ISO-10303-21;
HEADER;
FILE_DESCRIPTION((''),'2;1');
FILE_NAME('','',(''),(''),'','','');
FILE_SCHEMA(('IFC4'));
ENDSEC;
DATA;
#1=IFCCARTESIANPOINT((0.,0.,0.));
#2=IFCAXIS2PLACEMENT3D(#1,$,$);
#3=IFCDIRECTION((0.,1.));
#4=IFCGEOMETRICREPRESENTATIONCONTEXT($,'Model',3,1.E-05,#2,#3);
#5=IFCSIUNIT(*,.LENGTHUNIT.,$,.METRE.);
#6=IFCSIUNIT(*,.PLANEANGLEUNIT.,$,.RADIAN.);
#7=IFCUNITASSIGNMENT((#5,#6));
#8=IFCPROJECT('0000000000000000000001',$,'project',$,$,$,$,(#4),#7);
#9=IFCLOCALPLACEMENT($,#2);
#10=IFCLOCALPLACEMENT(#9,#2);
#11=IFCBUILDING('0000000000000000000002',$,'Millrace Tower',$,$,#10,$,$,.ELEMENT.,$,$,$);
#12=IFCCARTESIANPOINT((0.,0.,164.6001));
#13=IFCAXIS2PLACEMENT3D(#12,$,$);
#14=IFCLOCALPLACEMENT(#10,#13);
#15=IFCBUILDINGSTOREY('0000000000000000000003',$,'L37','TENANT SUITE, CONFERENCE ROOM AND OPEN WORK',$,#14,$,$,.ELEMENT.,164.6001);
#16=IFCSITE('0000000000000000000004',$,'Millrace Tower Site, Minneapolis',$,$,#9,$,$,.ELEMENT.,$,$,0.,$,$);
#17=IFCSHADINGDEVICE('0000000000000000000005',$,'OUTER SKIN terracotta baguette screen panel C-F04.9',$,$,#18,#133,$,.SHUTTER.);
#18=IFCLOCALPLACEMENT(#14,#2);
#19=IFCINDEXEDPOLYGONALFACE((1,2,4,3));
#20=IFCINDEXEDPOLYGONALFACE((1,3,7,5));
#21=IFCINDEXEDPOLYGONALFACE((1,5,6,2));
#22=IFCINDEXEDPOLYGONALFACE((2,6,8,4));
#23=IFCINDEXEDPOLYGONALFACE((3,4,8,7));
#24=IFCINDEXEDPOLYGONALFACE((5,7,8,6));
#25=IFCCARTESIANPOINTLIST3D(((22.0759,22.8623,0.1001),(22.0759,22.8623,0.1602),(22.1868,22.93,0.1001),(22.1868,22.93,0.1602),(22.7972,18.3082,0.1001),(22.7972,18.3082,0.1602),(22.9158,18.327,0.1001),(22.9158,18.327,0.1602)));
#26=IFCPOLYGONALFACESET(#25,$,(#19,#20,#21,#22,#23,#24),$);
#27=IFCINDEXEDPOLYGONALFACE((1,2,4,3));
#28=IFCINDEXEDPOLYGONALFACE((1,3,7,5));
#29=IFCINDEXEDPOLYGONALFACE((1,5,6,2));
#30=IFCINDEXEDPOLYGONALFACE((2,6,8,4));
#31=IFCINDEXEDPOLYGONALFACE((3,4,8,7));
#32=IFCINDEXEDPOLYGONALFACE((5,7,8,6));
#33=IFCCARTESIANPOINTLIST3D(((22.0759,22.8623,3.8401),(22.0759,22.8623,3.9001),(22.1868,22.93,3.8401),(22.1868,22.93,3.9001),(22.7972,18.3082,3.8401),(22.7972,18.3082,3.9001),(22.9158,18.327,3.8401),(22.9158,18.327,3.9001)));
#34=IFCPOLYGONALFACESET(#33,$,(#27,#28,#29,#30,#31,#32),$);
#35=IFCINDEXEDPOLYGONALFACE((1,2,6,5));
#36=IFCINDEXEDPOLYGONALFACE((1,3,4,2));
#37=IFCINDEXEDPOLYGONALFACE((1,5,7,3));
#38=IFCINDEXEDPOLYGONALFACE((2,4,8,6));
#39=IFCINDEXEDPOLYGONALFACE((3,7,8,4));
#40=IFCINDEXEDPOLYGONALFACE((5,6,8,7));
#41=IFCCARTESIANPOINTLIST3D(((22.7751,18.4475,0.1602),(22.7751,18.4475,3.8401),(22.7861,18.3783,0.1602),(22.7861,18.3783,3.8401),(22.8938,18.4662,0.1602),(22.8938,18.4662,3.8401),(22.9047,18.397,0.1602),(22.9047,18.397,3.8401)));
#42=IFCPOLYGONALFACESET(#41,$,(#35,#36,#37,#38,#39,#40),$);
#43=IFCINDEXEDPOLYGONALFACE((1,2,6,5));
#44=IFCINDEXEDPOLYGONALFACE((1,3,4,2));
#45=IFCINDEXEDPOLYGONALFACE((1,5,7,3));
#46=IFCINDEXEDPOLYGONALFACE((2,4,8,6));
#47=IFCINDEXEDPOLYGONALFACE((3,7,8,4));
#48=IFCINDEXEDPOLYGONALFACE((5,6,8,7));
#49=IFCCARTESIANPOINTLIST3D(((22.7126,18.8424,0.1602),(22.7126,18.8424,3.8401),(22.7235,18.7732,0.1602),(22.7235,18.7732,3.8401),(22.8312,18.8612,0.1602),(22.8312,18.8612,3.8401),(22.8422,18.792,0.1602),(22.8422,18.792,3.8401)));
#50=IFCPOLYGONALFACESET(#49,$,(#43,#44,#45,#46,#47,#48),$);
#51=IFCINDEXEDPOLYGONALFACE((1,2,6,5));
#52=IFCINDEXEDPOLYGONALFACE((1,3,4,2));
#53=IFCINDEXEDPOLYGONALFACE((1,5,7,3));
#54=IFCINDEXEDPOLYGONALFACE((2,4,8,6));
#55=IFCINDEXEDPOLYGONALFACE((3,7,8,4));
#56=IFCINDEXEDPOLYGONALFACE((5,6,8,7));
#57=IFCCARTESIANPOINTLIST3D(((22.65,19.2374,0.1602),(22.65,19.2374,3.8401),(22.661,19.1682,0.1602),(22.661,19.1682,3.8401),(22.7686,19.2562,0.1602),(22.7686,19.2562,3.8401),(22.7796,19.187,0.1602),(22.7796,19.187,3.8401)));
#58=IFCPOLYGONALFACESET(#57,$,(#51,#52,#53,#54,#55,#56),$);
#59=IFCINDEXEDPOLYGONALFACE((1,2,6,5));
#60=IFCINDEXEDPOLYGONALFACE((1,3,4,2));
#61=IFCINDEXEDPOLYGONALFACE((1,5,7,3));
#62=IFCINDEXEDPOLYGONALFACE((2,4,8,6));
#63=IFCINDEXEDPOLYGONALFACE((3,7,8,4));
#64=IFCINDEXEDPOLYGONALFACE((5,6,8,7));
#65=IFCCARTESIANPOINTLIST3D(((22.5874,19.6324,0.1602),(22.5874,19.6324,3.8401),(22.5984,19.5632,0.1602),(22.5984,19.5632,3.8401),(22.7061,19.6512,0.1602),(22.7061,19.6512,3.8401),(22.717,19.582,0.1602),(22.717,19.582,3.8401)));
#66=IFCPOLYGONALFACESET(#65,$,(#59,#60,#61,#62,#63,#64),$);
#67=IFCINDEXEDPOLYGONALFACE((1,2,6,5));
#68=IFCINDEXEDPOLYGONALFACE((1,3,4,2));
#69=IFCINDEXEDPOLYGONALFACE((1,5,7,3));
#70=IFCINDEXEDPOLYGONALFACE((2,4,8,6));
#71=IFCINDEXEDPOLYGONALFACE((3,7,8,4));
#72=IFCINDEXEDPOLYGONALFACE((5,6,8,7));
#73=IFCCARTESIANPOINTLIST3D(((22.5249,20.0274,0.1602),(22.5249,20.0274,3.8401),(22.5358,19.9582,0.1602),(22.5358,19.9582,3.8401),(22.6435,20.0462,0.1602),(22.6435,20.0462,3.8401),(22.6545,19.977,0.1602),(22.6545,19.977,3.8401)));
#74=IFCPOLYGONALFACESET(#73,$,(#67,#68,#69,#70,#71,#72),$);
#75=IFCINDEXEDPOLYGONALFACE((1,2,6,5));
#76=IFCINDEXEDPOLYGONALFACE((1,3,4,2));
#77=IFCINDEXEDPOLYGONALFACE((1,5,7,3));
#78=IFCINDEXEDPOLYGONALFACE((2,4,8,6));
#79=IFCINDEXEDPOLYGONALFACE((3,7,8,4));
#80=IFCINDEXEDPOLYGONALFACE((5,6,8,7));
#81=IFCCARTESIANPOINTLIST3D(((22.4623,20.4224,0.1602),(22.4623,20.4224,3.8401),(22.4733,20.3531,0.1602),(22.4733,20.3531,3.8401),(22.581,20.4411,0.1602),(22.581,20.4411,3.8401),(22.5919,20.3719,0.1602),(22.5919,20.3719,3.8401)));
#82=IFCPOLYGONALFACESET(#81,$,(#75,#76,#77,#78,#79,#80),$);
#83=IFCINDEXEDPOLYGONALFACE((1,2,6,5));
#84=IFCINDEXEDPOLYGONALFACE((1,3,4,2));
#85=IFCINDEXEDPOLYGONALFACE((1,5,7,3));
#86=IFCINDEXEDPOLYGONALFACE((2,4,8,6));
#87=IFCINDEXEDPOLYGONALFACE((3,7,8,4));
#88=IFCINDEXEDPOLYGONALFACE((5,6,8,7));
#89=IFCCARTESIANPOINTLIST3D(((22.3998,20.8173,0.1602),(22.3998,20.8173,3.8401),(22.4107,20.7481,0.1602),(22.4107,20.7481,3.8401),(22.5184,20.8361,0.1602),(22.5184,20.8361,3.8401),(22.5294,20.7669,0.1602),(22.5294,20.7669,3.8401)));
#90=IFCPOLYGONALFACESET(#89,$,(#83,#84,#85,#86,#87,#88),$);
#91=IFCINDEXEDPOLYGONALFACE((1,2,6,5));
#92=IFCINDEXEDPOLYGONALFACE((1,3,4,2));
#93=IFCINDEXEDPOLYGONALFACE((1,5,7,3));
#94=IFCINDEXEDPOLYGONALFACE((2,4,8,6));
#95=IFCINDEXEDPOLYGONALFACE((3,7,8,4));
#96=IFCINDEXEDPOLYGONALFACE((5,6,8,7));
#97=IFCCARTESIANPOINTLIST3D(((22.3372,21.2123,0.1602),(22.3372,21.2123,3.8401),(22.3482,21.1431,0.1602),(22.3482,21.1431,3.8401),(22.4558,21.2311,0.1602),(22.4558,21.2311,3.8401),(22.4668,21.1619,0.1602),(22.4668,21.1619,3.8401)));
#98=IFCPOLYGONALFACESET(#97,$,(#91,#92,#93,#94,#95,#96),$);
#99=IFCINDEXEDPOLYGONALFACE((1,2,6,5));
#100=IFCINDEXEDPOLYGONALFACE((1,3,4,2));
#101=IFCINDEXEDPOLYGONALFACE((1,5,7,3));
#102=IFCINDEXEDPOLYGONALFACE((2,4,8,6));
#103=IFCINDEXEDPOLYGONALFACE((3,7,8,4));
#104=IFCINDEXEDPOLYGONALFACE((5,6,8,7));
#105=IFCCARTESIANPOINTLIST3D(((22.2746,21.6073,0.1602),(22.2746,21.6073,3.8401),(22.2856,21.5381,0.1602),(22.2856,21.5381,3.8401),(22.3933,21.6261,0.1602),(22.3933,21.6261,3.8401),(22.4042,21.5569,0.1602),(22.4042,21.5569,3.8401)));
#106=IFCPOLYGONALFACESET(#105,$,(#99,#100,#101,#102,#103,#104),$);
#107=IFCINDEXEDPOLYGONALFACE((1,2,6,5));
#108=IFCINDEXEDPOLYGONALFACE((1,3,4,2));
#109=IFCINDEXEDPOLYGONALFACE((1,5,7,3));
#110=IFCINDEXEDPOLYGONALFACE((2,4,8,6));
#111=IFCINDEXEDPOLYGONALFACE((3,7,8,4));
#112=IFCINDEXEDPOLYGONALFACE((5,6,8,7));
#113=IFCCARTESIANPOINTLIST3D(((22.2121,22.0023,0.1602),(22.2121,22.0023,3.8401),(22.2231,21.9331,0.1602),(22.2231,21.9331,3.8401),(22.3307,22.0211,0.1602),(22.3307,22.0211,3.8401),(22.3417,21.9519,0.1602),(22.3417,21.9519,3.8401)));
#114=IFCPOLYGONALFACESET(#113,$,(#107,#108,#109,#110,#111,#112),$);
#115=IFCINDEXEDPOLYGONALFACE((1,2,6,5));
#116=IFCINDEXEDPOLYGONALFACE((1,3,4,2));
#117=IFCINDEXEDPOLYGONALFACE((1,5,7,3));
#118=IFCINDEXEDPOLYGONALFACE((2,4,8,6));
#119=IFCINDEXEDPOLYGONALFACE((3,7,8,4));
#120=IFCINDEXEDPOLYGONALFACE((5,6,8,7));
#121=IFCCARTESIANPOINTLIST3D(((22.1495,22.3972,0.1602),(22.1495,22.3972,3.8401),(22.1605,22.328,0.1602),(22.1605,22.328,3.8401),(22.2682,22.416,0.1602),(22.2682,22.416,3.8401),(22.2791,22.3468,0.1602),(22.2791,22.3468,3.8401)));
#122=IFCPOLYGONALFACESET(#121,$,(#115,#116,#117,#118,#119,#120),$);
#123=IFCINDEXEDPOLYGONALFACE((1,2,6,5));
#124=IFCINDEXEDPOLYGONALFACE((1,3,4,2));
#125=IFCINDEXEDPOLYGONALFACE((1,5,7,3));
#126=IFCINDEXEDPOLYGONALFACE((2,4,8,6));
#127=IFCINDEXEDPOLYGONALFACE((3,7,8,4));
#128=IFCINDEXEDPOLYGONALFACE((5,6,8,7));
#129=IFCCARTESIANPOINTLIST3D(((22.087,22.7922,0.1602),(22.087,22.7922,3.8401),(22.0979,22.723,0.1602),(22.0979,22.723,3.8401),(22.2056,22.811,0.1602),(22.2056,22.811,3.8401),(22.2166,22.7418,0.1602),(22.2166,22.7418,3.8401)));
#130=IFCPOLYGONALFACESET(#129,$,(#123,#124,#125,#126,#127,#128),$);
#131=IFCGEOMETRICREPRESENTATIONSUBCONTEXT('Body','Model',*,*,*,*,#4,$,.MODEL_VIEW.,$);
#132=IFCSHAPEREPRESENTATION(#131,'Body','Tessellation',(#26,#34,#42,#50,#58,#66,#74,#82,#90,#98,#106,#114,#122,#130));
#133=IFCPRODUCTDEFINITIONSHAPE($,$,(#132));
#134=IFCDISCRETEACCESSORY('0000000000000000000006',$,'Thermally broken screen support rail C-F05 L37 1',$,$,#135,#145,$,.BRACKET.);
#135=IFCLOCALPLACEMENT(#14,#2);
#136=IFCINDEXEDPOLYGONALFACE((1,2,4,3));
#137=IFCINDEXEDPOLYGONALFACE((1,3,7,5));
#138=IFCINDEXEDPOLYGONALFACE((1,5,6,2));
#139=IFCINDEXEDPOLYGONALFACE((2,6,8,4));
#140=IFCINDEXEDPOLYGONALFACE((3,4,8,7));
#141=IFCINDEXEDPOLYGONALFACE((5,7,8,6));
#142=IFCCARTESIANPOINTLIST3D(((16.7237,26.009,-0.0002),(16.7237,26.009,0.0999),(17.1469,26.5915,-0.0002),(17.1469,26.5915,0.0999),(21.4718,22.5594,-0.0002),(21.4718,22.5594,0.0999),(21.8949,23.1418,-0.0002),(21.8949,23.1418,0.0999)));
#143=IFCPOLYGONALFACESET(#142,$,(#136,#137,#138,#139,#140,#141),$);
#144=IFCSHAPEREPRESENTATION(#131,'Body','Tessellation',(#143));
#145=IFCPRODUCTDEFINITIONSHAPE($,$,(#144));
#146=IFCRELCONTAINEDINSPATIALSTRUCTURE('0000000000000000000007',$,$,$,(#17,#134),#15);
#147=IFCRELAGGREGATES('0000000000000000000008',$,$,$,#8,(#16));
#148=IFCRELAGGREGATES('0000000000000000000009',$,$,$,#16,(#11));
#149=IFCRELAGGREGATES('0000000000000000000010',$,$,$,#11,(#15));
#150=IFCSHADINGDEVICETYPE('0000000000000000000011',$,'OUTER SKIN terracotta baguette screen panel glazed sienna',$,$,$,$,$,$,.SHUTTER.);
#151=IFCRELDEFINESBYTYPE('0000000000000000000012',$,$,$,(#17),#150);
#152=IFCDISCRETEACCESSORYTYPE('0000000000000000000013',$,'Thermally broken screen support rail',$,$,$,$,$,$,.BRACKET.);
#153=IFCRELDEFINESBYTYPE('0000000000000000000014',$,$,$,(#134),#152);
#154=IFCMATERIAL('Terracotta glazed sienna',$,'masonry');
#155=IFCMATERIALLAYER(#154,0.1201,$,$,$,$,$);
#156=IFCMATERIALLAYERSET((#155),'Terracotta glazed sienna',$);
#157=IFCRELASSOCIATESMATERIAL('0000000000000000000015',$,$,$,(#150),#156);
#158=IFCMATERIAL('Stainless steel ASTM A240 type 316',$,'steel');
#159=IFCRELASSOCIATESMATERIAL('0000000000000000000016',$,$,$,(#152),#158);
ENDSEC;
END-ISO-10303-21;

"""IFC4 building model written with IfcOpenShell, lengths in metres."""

from ifc_helpers import new_model, entity, si_unit, direction, frame, frame_2d, origin, origin_2d, place, context, subcontext, project, spatial, rectangle, extrude, source, transform, mapped, material, layer, layer_set, type_object, element, save


model = new_model("IFC4")

# Units and contexts
model_context = context("Model", 3, precision=1e-05, world=origin(), true_north=direction((0.0, 1.0)))
body_context = subcontext(model_context, "Body", "Model", "MODEL_VIEW")
ifc_project = project(units=[si_unit("LENGTHUNIT", "METRE"), si_unit("PLANEANGLEUNIT", "RADIAN")], contexts=[model_context])

# Site, building, storey
site_placement = place(None, origin())
site = spatial("IfcSite", under=ifc_project, at=site_placement, Name="Millrace Tower Site, Minneapolis", CompositionType="ELEMENT", RefElevation=0.0)
building_placement = place(site_placement, origin())
building = spatial("IfcBuilding", under=site, at=building_placement, Name="Millrace Tower", CompositionType="ELEMENT")
storey_placement = place(building_placement, frame((0.0, 0.0, 164.6001)))
storey = spatial("IfcBuildingStorey", under=building, at=storey_placement, Name="L37", Description="TENANT SUITE, CONFERENCE ROOM AND OPEN WORK", CompositionType="ELEMENT", Elevation=164.6001)

# Shading device
ifc_material_1 = material(Name="Terracotta glazed sienna", Category="masonry")
ifc_layer_1 = layer(ifc_material_1, 0.1201)
ifc_layer_set_1 = layer_set([ifc_layer_1], Name="Terracotta glazed sienna")
shading_device_type = type_object("IfcShadingDeviceType", Name="OUTER SKIN terracotta baguette screen panel glazed sienna", PredefinedType="SHUTTER", material=ifc_layer_set_1)
cartesian_point_1 = entity("IfcCartesianPoint", [-2.3179, 0.0601])
shared_polyline_1 = entity("IfcPolyline", [cartesian_point_1, entity("IfcCartesianPoint", [2.293, 0.0601]), entity("IfcCartesianPoint", [2.3425, -0.0601]), entity("IfcCartesianPoint", [-2.3179, -0.0601]), cartesian_point_1])
shared_shape_1 = source(origin(), body_context, "Body", "SweptSolid", [
    entity("IfcExtrudedAreaSolid", entity("IfcArbitraryClosedProfileDef", "AREA", None, shared_polyline_1), entity("IfcAxis2Placement3D", entity("IfcCartesianPoint", [0.0, 0.0, 0.0])), entity("IfcDirection", [0.0, 0.0, 1.0]), 0.0601),
    entity("IfcExtrudedAreaSolid", entity("IfcArbitraryClosedProfileDef", "AREA", None, shared_polyline_1), entity("IfcAxis2Placement3D", entity("IfcCartesianPoint", [0.0, 0.0, 3.74])), entity("IfcDirection", [0.0, 0.0, 1.0]), 0.0601),
    extrude(rectangle(XDim=0.0701, YDim=0.1201, at=frame_2d((-2.2119, 0.0))), frame((0.0, 0.0, 0.0601)), (0.0, 0.0, 1.0), 3.6799),
    extrude(rectangle(XDim=0.0701, YDim=0.1201, at=frame_2d((-1.812, 0.0))), frame((0.0, 0.0, 0.0601)), (0.0, 0.0, 1.0), 3.6799),
    extrude(rectangle(XDim=0.0701, YDim=0.1201, at=frame_2d((-1.4121, 0.0))), frame((0.0, 0.0, 0.0601)), (0.0, 0.0, 1.0), 3.6799),
    extrude(rectangle(XDim=0.0701, YDim=0.1201, at=frame_2d((-1.0122, 0.0))), frame((0.0, 0.0, 0.0601)), (0.0, 0.0, 1.0), 3.6799),
    extrude(rectangle(XDim=0.0701, YDim=0.1201, at=frame_2d((-0.6123, 0.0))), frame((0.0, 0.0, 0.0601)), (0.0, 0.0, 1.0), 3.6799),
    extrude(rectangle(XDim=0.0701, YDim=0.1201, at=frame_2d((-0.2124, 0.0))), frame((0.0, 0.0, 0.0601)), (0.0, 0.0, 1.0), 3.6799),
    extrude(rectangle(XDim=0.0701, YDim=0.1201, at=frame_2d((0.1875, 0.0))), frame((0.0, 0.0, 0.0601)), (0.0, 0.0, 1.0), 3.6799),
    extrude(rectangle(XDim=0.0701, YDim=0.1201, at=frame_2d((0.5874, 0.0))), frame((0.0, 0.0, 0.0601)), (0.0, 0.0, 1.0), 3.6799),
    extrude(rectangle(XDim=0.0701, YDim=0.1201, at=frame_2d((0.9873, 0.0))), frame((0.0, 0.0, 0.0601)), (0.0, 0.0, 1.0), 3.6799),
    extrude(rectangle(XDim=0.0701, YDim=0.1201, at=frame_2d((1.3872, 0.0))), frame((0.0, 0.0, 0.0601)), (0.0, 0.0, 1.0), 3.6799),
    extrude(rectangle(XDim=0.0701, YDim=0.1201, at=frame_2d((1.7871, 0.0))), frame((0.0, 0.0, 0.0601)), (0.0, 0.0, 1.0), 3.6799),
    extrude(rectangle(XDim=0.0701, YDim=0.1201, at=frame_2d((2.187, 0.0))), frame((0.0, 0.0, 0.0601)), (0.0, 0.0, 1.0), 3.6799),
])
shading_device_1_placement = place(storey_placement, frame((22.4939, 20.6069, 0.1001), z_axis=(0.0, 0.0, 1.0), x_axis=(-0.156434, 0.987688, 0.0)))
element("IfcShadingDevice", 1, at=shading_device_1_placement, inside=storey, type_object=shading_device_type, Name="OUTER SKIN terracotta baguette screen panel C-F04.9", PredefinedType="SHUTTER", context=body_context, shape_type="MappedRepresentation", body=[
    mapped(shared_shape_1, transform((0.0, 0.0, 0.0), scale=1.0)),
])

# Discrete accessory
ifc_material_2 = material(Name="Stainless steel ASTM A240 type 316", Category="steel")
discrete_accessory_type = type_object("IfcDiscreteAccessoryType", Name="Thermally broken screen support rail", PredefinedType="BRACKET", material=ifc_material_2)
discrete_accessory_placement = place(storey_placement, frame((19.3093, 24.5754, -0.0002), z_axis=(0.0, 0.0, 1.0), x_axis=(-0.809017, 0.587785, 0.0)))
element("IfcDiscreteAccessory", 2, at=discrete_accessory_placement, inside=storey, type_object=discrete_accessory_type, Name="Thermally broken screen support rail C-F05 L37 1", PredefinedType="BRACKET", context=body_context, shape_type="SweptSolid", body=[
    extrude(rectangle(XDim=5.8689, YDim=0.72, at=origin_2d()), origin(), (0.0, 0.0, 1.0), 0.1001),
])

save(model, "model.ifc")
